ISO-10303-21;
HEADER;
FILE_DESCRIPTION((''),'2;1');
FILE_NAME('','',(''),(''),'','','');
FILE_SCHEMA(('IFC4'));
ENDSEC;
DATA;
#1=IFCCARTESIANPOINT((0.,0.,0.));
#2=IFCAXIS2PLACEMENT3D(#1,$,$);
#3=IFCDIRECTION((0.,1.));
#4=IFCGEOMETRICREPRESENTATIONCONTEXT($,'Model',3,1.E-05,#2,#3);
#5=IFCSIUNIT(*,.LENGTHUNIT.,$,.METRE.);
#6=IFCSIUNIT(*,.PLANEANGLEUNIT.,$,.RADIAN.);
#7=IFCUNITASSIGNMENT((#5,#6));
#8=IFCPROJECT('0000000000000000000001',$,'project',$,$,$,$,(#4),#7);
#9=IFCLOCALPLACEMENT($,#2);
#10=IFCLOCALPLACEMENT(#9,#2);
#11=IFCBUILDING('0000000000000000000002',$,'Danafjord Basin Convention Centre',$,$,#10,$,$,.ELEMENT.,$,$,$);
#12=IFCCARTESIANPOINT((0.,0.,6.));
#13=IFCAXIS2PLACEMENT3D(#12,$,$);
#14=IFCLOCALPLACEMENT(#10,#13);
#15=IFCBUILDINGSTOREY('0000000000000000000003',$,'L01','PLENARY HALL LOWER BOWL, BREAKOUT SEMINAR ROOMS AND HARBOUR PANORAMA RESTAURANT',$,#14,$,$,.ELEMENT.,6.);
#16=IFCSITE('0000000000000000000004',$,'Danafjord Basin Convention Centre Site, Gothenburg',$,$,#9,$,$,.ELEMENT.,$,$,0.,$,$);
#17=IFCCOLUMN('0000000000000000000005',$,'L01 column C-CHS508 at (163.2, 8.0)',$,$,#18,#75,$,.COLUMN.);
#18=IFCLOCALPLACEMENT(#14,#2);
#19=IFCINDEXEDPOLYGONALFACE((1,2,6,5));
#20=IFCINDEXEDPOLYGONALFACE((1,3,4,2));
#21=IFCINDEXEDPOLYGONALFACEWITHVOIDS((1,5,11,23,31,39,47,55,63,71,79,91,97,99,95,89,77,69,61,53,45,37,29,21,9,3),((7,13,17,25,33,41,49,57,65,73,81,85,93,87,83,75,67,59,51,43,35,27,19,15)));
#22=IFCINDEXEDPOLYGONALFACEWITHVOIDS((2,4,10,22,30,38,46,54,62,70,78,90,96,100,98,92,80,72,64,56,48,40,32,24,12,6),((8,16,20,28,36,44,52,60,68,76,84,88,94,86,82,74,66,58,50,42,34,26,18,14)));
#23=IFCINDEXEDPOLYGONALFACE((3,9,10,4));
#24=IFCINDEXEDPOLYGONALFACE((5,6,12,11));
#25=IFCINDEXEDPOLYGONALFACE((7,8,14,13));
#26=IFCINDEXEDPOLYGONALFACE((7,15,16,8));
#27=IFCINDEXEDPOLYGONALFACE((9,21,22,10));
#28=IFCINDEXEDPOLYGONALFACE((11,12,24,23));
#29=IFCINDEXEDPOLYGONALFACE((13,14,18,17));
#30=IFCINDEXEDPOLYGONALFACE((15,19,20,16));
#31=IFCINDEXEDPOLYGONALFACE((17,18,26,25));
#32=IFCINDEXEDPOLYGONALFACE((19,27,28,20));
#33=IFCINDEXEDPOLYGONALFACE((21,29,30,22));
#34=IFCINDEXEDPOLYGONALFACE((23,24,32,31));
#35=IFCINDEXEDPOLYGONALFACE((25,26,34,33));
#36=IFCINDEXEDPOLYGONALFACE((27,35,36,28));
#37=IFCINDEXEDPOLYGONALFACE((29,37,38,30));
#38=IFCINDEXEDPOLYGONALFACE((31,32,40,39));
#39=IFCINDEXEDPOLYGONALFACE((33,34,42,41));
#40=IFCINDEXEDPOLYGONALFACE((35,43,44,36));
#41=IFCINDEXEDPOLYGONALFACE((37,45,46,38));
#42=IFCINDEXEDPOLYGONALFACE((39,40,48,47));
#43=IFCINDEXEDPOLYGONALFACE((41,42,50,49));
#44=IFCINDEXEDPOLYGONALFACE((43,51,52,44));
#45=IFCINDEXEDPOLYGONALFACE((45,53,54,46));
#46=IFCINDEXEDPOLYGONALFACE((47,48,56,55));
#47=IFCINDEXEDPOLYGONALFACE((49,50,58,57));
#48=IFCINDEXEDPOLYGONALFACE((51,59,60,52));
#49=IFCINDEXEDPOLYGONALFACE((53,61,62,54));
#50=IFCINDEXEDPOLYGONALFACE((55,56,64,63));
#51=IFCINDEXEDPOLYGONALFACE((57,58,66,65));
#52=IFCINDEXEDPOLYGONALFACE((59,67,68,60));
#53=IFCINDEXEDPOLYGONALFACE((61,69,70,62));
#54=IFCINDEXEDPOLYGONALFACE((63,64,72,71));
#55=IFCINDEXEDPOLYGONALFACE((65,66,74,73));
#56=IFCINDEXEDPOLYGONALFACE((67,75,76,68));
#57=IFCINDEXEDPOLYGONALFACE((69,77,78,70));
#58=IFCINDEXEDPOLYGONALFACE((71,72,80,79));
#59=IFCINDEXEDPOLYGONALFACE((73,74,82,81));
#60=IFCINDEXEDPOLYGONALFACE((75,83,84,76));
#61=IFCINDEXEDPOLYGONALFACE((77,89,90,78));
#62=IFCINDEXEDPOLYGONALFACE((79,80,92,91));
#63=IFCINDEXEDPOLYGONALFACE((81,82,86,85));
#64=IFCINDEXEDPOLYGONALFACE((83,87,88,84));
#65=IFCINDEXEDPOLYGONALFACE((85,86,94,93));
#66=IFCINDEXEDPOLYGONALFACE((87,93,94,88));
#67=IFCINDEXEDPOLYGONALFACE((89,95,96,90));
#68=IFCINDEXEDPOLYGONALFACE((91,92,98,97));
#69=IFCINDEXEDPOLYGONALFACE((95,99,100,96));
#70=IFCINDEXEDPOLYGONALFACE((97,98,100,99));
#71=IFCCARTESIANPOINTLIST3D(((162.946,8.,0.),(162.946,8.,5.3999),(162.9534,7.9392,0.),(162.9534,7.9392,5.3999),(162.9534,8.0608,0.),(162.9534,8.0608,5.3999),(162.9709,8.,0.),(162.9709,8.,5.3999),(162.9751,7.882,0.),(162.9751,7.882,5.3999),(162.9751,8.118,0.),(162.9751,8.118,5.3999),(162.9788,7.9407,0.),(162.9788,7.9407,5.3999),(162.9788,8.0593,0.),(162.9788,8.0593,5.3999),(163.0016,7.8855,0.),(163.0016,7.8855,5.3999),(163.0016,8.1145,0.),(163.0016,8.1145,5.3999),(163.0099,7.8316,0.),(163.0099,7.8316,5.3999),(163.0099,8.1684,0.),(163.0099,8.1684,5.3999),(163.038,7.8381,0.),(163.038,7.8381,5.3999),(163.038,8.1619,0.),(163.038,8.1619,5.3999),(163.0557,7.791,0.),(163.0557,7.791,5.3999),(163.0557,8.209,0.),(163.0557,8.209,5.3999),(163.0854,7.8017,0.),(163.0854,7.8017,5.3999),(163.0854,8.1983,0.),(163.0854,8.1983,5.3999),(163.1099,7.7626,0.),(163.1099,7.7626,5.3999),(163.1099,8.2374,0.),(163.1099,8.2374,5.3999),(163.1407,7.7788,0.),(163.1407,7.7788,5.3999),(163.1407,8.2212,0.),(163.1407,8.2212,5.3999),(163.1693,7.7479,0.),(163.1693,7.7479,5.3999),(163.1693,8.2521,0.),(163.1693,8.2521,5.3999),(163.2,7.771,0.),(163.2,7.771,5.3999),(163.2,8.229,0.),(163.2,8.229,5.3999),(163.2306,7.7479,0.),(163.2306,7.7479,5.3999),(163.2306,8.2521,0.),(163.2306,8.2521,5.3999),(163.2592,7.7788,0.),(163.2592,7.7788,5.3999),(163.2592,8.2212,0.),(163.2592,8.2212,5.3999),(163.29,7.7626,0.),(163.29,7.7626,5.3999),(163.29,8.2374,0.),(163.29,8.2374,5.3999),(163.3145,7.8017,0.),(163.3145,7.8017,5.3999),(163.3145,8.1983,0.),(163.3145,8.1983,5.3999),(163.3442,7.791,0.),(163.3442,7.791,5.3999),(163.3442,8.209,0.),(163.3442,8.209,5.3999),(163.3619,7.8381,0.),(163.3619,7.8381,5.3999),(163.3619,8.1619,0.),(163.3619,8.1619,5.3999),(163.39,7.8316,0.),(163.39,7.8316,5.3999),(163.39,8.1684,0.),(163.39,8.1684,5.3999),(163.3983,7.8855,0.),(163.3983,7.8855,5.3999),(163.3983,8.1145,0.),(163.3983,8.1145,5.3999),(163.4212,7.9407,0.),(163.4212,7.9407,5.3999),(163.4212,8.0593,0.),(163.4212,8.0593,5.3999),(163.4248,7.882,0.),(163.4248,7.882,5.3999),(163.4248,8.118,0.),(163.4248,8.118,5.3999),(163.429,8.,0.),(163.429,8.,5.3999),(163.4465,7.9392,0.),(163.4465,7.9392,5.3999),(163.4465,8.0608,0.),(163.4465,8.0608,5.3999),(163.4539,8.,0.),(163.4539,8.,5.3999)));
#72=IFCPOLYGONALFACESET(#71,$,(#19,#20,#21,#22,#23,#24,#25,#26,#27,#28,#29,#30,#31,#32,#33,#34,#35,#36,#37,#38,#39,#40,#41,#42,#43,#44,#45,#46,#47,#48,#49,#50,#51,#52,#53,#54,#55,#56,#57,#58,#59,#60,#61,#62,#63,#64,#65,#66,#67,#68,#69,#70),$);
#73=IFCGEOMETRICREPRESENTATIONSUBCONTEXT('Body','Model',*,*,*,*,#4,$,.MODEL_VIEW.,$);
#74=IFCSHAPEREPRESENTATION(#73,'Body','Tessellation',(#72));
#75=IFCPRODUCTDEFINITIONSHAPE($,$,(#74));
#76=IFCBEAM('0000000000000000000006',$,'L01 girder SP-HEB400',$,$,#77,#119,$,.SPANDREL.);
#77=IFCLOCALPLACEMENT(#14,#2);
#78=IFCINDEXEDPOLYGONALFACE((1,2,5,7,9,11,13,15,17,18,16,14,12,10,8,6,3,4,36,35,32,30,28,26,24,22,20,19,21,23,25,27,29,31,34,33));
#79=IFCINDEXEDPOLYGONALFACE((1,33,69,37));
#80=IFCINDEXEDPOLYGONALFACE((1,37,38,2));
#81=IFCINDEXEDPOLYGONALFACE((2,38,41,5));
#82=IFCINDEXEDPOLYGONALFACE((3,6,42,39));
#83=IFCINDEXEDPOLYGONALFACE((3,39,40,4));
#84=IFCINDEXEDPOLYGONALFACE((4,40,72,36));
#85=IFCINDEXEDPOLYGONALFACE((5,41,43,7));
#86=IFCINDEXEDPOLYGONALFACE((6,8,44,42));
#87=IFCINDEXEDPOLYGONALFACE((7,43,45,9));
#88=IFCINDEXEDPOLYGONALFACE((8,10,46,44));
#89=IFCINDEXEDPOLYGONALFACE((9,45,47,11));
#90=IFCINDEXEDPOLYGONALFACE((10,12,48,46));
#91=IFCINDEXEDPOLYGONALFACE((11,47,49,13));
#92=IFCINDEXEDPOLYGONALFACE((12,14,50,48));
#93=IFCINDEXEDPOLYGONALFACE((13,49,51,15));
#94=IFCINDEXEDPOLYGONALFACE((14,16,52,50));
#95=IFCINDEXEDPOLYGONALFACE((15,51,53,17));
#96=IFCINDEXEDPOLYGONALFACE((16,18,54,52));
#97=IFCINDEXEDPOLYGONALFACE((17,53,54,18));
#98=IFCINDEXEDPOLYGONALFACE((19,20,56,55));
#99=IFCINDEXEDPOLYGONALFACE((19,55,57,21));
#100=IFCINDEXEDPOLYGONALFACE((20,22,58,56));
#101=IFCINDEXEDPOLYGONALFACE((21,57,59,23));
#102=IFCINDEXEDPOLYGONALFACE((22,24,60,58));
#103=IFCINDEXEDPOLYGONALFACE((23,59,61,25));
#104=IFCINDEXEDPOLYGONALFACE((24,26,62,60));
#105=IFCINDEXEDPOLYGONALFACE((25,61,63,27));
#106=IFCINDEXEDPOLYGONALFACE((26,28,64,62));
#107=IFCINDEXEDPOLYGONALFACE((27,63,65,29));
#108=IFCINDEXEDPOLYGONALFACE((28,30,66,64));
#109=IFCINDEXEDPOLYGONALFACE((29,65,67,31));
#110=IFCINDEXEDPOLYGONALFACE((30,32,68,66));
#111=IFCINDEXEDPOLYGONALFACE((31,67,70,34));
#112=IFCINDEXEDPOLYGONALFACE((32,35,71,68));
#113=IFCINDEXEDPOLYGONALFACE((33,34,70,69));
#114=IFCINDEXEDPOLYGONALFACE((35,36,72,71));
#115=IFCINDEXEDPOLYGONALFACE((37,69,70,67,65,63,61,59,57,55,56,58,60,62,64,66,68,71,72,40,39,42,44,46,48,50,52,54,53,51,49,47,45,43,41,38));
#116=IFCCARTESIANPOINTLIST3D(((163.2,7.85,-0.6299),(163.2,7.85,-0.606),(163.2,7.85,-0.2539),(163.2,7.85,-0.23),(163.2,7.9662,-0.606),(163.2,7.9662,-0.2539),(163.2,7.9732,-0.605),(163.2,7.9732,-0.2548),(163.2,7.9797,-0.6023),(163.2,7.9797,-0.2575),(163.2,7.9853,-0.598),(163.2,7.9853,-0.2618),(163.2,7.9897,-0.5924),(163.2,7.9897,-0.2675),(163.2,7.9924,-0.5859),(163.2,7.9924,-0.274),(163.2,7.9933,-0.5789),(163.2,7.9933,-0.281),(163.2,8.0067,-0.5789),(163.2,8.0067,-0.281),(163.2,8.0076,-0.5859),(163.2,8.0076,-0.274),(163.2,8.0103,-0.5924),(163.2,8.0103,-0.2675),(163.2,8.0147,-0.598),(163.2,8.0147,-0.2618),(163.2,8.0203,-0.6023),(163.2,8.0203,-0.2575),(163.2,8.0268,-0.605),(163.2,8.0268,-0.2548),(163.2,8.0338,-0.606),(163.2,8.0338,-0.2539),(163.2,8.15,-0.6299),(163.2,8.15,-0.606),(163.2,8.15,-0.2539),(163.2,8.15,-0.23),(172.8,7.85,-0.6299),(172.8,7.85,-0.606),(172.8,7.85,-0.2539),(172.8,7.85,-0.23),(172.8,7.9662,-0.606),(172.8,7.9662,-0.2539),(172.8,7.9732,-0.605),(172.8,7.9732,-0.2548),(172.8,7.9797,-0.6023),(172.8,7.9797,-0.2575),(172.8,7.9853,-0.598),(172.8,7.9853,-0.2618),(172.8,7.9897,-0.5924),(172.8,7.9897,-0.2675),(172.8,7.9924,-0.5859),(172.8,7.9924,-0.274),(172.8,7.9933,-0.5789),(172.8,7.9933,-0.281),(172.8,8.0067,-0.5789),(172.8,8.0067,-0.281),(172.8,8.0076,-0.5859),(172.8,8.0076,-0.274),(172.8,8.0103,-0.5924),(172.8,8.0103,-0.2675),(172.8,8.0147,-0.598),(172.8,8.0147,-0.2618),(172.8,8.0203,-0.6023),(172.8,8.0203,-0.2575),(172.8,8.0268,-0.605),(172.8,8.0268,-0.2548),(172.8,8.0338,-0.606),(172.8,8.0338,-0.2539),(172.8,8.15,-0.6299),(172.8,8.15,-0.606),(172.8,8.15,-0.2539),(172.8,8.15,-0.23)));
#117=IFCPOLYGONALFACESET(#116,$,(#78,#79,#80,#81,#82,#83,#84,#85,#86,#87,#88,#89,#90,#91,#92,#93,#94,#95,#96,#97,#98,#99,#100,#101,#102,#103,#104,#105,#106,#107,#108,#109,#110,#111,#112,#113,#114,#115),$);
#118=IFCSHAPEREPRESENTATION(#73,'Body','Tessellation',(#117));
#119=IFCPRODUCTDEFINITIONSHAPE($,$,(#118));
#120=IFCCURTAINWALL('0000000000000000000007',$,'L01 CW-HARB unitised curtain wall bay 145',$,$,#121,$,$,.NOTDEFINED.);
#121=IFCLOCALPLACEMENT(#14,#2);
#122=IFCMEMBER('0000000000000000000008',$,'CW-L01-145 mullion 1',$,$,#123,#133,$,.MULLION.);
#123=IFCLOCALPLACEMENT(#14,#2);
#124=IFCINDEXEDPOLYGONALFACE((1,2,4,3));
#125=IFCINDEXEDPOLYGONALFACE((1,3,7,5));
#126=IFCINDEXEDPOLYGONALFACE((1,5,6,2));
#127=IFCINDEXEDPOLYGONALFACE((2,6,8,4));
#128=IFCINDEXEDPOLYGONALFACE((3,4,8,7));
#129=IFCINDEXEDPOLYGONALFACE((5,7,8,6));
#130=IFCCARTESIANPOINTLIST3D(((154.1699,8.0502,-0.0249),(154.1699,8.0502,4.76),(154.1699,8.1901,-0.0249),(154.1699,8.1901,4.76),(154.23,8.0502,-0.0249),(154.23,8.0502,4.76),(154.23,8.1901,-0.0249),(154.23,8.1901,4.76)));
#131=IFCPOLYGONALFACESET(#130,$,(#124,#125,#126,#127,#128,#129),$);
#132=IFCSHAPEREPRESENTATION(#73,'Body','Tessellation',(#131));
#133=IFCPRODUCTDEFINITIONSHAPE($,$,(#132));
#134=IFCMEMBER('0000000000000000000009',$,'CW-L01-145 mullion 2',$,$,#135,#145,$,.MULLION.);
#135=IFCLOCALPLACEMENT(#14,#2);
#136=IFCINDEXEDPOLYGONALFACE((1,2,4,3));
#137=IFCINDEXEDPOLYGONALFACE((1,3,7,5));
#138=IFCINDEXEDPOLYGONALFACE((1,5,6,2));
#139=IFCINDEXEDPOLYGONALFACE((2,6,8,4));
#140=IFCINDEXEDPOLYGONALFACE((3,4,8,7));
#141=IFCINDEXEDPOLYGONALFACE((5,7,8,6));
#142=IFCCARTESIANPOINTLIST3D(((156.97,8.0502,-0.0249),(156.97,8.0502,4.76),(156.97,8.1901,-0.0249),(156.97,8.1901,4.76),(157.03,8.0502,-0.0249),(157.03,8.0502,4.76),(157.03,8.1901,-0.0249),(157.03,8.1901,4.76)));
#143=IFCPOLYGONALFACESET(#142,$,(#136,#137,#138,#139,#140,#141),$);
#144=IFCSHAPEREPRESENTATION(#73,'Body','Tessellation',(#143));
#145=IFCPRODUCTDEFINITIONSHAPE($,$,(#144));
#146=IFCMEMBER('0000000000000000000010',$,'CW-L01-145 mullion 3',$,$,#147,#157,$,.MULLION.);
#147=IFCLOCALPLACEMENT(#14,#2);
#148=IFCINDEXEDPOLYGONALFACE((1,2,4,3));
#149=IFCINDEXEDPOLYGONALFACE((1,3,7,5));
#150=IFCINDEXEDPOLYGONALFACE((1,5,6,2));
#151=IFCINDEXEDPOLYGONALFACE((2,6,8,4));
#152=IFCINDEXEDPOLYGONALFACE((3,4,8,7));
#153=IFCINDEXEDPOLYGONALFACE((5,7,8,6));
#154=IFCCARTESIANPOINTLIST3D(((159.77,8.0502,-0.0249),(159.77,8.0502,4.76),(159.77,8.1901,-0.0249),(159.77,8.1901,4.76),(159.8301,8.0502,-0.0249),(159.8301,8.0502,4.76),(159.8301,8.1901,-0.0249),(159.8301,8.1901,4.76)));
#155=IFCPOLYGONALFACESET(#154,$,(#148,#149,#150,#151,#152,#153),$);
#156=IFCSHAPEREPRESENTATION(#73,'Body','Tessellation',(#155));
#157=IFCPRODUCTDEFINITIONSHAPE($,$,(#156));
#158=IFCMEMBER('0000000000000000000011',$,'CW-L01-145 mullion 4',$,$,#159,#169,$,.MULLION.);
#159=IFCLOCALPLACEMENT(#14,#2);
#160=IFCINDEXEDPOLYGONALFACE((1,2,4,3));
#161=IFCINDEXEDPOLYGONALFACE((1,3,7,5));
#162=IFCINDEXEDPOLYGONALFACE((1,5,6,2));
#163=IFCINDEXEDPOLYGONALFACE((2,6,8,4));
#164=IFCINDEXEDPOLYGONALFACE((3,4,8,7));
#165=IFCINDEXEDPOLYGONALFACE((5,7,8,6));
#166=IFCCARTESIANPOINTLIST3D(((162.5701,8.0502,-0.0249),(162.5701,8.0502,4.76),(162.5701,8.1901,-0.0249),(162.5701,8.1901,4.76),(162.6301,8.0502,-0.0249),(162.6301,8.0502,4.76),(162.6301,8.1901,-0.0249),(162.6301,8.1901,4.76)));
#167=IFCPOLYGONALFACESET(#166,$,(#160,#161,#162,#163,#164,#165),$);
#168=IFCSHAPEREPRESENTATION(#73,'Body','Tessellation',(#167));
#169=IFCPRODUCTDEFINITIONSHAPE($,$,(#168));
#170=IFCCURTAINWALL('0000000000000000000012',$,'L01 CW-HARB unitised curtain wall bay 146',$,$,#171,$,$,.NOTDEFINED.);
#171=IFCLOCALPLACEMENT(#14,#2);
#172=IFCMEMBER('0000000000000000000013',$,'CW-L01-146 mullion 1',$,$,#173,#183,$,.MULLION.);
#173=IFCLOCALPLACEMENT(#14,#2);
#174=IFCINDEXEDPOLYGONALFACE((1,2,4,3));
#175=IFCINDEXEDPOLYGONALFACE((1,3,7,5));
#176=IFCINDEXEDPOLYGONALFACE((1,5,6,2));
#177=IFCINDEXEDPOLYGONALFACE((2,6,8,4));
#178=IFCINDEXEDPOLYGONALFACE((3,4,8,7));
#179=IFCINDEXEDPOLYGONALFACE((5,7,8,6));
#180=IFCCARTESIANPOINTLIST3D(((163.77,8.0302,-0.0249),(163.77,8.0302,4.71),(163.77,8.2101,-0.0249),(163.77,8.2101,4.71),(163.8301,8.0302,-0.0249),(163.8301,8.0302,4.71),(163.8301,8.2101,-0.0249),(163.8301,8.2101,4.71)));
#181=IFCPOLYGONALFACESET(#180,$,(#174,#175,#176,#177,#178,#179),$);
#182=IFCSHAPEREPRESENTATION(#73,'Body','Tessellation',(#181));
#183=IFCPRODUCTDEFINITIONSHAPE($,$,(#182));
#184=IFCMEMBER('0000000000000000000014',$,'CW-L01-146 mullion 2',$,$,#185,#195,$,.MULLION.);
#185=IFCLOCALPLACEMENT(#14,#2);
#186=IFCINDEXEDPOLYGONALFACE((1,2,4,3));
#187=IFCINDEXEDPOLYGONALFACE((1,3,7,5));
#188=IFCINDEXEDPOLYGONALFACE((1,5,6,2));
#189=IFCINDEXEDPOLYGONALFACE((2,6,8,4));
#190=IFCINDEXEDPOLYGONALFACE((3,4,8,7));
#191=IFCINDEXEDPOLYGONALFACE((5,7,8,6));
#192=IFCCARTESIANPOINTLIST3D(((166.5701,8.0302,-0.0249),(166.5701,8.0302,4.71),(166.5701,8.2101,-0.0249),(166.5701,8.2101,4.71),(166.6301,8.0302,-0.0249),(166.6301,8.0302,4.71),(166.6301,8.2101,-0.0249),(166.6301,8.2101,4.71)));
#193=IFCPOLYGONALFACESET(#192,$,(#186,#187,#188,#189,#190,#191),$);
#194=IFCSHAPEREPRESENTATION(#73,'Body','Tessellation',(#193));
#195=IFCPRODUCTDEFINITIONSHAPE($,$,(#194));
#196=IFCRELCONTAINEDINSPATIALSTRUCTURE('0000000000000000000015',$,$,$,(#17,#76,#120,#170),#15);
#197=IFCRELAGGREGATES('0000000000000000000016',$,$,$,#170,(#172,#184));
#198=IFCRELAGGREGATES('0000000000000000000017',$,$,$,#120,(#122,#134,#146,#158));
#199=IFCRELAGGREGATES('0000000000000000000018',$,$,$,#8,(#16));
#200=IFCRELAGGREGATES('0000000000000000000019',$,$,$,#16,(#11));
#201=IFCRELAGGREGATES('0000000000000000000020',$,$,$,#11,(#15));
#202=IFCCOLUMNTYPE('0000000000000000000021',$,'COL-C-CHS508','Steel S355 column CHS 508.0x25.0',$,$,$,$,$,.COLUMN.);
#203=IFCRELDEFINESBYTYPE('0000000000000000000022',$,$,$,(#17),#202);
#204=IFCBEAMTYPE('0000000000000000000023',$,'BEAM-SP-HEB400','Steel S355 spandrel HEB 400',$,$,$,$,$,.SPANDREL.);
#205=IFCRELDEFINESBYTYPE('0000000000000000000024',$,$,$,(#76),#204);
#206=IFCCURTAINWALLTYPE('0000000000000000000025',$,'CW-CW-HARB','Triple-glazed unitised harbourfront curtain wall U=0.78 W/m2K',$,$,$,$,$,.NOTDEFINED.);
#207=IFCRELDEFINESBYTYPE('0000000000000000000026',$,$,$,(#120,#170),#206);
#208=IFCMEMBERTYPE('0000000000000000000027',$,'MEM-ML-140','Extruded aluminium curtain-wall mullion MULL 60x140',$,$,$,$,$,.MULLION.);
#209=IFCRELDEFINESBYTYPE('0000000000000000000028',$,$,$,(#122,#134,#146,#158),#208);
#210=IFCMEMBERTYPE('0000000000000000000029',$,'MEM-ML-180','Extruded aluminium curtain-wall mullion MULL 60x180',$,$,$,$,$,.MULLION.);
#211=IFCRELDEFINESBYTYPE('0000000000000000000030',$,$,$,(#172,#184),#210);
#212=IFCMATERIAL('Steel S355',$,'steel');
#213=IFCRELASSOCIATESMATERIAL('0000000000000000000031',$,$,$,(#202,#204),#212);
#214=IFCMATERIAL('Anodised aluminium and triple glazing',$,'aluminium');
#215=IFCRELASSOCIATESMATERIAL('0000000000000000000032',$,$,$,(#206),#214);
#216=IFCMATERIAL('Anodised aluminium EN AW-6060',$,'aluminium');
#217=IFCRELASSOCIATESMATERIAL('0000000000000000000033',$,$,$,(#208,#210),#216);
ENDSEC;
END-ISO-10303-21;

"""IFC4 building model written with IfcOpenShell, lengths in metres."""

from ifc_helpers import new_model, si_unit, direction, frame, origin, origin_2d, place, context, subcontext, project, spatial, rectangle, hollow_circle, i_section, extrude, material, material_profile, profile_set, type_object, element, aggregate, save


model = new_model("IFC4")

# Units and contexts
model_context = context("Model", 3, precision=1e-05, world=origin(), true_north=direction((0.0, 1.0)))
body_context = subcontext(model_context, "Body", "Model", "MODEL_VIEW")
ifc_project = project(units=[si_unit("LENGTHUNIT", "METRE"), si_unit("PLANEANGLEUNIT", "RADIAN")], contexts=[model_context])

# Site, building, storey
site_placement = place(None, origin())
site = spatial("IfcSite", under=ifc_project, at=site_placement, Name="Danafjord Basin Convention Centre Site, Gothenburg", CompositionType="ELEMENT", RefElevation=0.0)
building_placement = place(site_placement, origin())
building = spatial("IfcBuilding", under=site, at=building_placement, Name="Danafjord Basin Convention Centre", CompositionType="ELEMENT")
storey_placement = place(building_placement, frame((0.0, 0.0, 6.0)))
storey = spatial("IfcBuildingStorey", under=building, at=storey_placement, Name="L01", Description="PLENARY HALL LOWER BOWL, BREAKOUT SEMINAR ROOMS AND HARBOUR PANORAMA RESTAURANT", CompositionType="ELEMENT", Elevation=6.0)

# Column
ifc_material_1 = material(Name="Steel S355", Category="steel")
ifc_material_profile_1 = material_profile(ifc_material_1, hollow_circle(Radius=0.2539, WallThickness=0.0249, at=origin_2d()), Name="CHS 508.0x25.0")
ifc_profile_set_1 = profile_set([ifc_material_profile_1], Name="Steel S355")
column_type = type_object("IfcColumnType", Name="COL-C-CHS508", Description="Steel S355 column CHS 508.0x25.0", PredefinedType="COLUMN", material=ifc_profile_set_1)
column_placement = place(storey_placement, frame((163.2, 8.0, 0.0), z_axis=(0.0, 0.0, 1.0), x_axis=(1.0, 0.0, 0.0)))
element("IfcColumn", 1, at=column_placement, inside=storey, type_object=column_type, Name="L01 column C-CHS508 at (163.2, 8.0)", PredefinedType="COLUMN", context=body_context, shape_type="SweptSolid", body=[
    extrude(hollow_circle(Radius=0.2539, WallThickness=0.0249, at=origin_2d()), origin(), (0.0, 0.0, 1.0), 5.3999),
])

# Beam
ifc_material_profile_2 = material_profile(ifc_material_1, i_section(OverallWidth=0.3, OverallDepth=0.3999, WebThickness=0.0134, FlangeThickness=0.0239, FilletRadius=0.0271, at=origin_2d()), Name="HEB 400")
ifc_profile_set_2 = profile_set([ifc_material_profile_2], Name="Steel S355")
beam_type = type_object("IfcBeamType", Name="BEAM-SP-HEB400", Description="Steel S355 spandrel HEB 400", PredefinedType="SPANDREL", material=ifc_profile_set_2)
beam_placement = place(storey_placement, frame((163.2, 8.0, -0.4299), z_axis=(1.0, 0.0, 0.0), x_axis=(0.0, 1.0, 0.0)))
element("IfcBeam", 2, at=beam_placement, inside=storey, type_object=beam_type, Name="L01 girder SP-HEB400", PredefinedType="SPANDREL", context=body_context, shape_type="SweptSolid", body=[
    extrude(i_section(OverallWidth=0.3, OverallDepth=0.3999, WebThickness=0.0134, FlangeThickness=0.0239, FilletRadius=0.0271, at=origin_2d()), origin(), (0.0, 0.0, 1.0), 9.6001),
])

# Curtain walls, members
ifc_material_2 = material(Name="Anodised aluminium and triple glazing", Category="aluminium")
curtain_wall_type = type_object("IfcCurtainWallType", Name="CW-CW-HARB", Description="Triple-glazed unitised harbourfront curtain wall U=0.78 W/m2K", PredefinedType="NOTDEFINED", material=ifc_material_2)
curtain_wall_1_placement = place(storey_placement, origin())
curtain_wall_1 = element("IfcCurtainWall", 3, at=curtain_wall_1_placement, inside=storey, type_object=curtain_wall_type, Name="L01 CW-HARB unitised curtain wall bay 145", PredefinedType="NOTDEFINED")
ifc_material_3 = material(Name="Anodised aluminium EN AW-6060", Category="aluminium")
ifc_material_profile_3 = material_profile(ifc_material_3, rectangle(XDim=0.0601, YDim=0.1399, at=origin_2d()), Name="MULL 60x140")
ifc_profile_set_3 = profile_set([ifc_material_profile_3], Name="Anodised aluminium EN AW-6060")
member_type_1 = type_object("IfcMemberType", Name="MEM-ML-140", Description="Extruded aluminium curtain-wall mullion MULL 60x140", PredefinedType="MULLION", material=ifc_profile_set_3)
member_1_placement = place(storey_placement, frame((154.2, 8.1201, -0.0249), z_axis=(0.0, 0.0, 1.0), x_axis=(1.0, 0.0, 0.0)))
member_1 = element("IfcMember", 4, at=member_1_placement, type_object=member_type_1, Name="CW-L01-145 mullion 1", PredefinedType="MULLION", context=body_context, shape_type="SweptSolid", body=[
    extrude(rectangle(XDim=0.0601, YDim=0.1399, at=origin_2d()), origin(), (0.0, 0.0, 1.0), 4.7849),
])
member_2_placement = place(storey_placement, frame((157.0, 8.1201, -0.0249), z_axis=(0.0, 0.0, 1.0), x_axis=(1.0, 0.0, 0.0)))
member_2 = element("IfcMember", 5, at=member_2_placement, type_object=member_type_1, Name="CW-L01-145 mullion 2", PredefinedType="MULLION", context=body_context, shape_type="SweptSolid", body=[
    extrude(rectangle(XDim=0.0601, YDim=0.1399, at=origin_2d()), origin(), (0.0, 0.0, 1.0), 4.7849),
])
member_3_placement = place(storey_placement, frame((159.8, 8.1201, -0.0249), z_axis=(0.0, 0.0, 1.0), x_axis=(1.0, 0.0, 0.0)))
member_3 = element("IfcMember", 6, at=member_3_placement, type_object=member_type_1, Name="CW-L01-145 mullion 3", PredefinedType="MULLION", context=body_context, shape_type="SweptSolid", body=[
    extrude(rectangle(XDim=0.0601, YDim=0.1399, at=origin_2d()), origin(), (0.0, 0.0, 1.0), 4.7849),
])
member_4_placement = place(storey_placement, frame((162.6001, 8.1201, -0.0249), z_axis=(0.0, 0.0, 1.0), x_axis=(1.0, 0.0, 0.0)))
member_4 = element("IfcMember", 7, at=member_4_placement, type_object=member_type_1, Name="CW-L01-145 mullion 4", PredefinedType="MULLION", context=body_context, shape_type="SweptSolid", body=[
    extrude(rectangle(XDim=0.0601, YDim=0.1399, at=origin_2d()), origin(), (0.0, 0.0, 1.0), 4.7849),
])
curtain_wall_2_placement = place(storey_placement, origin())
curtain_wall_2 = element("IfcCurtainWall", 8, at=curtain_wall_2_placement, inside=storey, type_object=curtain_wall_type, Name="L01 CW-HARB unitised curtain wall bay 146", PredefinedType="NOTDEFINED")
ifc_material_profile_4 = material_profile(ifc_material_3, rectangle(XDim=0.0601, YDim=0.1799, at=origin_2d()), Name="MULL 60x180")
ifc_profile_set_4 = profile_set([ifc_material_profile_4], Name="Anodised aluminium EN AW-6060")
member_type_2 = type_object("IfcMemberType", Name="MEM-ML-180", Description="Extruded aluminium curtain-wall mullion MULL 60x180", PredefinedType="MULLION", material=ifc_profile_set_4)
member_5_placement = place(storey_placement, frame((163.8, 8.1201, -0.0249), z_axis=(0.0, 0.0, 1.0), x_axis=(1.0, 0.0, 0.0)))
member_5 = element("IfcMember", 9, at=member_5_placement, type_object=member_type_2, Name="CW-L01-146 mullion 1", PredefinedType="MULLION", context=body_context, shape_type="SweptSolid", body=[
    extrude(rectangle(XDim=0.0601, YDim=0.1799, at=origin_2d()), origin(), (0.0, 0.0, 1.0), 4.7349),
])
member_6_placement = place(storey_placement, frame((166.6001, 8.1201, -0.0249), z_axis=(0.0, 0.0, 1.0), x_axis=(1.0, 0.0, 0.0)))
member_6 = element("IfcMember", 10, at=member_6_placement, type_object=member_type_2, Name="CW-L01-146 mullion 2", PredefinedType="MULLION", context=body_context, shape_type="SweptSolid", body=[
    extrude(rectangle(XDim=0.0601, YDim=0.1799, at=origin_2d()), origin(), (0.0, 0.0, 1.0), 4.7349),
])

aggregate(curtain_wall_2, [member_5, member_6])
aggregate(curtain_wall_1, [member_1, member_2, member_3, member_4])

save(model, "model.ifc")
